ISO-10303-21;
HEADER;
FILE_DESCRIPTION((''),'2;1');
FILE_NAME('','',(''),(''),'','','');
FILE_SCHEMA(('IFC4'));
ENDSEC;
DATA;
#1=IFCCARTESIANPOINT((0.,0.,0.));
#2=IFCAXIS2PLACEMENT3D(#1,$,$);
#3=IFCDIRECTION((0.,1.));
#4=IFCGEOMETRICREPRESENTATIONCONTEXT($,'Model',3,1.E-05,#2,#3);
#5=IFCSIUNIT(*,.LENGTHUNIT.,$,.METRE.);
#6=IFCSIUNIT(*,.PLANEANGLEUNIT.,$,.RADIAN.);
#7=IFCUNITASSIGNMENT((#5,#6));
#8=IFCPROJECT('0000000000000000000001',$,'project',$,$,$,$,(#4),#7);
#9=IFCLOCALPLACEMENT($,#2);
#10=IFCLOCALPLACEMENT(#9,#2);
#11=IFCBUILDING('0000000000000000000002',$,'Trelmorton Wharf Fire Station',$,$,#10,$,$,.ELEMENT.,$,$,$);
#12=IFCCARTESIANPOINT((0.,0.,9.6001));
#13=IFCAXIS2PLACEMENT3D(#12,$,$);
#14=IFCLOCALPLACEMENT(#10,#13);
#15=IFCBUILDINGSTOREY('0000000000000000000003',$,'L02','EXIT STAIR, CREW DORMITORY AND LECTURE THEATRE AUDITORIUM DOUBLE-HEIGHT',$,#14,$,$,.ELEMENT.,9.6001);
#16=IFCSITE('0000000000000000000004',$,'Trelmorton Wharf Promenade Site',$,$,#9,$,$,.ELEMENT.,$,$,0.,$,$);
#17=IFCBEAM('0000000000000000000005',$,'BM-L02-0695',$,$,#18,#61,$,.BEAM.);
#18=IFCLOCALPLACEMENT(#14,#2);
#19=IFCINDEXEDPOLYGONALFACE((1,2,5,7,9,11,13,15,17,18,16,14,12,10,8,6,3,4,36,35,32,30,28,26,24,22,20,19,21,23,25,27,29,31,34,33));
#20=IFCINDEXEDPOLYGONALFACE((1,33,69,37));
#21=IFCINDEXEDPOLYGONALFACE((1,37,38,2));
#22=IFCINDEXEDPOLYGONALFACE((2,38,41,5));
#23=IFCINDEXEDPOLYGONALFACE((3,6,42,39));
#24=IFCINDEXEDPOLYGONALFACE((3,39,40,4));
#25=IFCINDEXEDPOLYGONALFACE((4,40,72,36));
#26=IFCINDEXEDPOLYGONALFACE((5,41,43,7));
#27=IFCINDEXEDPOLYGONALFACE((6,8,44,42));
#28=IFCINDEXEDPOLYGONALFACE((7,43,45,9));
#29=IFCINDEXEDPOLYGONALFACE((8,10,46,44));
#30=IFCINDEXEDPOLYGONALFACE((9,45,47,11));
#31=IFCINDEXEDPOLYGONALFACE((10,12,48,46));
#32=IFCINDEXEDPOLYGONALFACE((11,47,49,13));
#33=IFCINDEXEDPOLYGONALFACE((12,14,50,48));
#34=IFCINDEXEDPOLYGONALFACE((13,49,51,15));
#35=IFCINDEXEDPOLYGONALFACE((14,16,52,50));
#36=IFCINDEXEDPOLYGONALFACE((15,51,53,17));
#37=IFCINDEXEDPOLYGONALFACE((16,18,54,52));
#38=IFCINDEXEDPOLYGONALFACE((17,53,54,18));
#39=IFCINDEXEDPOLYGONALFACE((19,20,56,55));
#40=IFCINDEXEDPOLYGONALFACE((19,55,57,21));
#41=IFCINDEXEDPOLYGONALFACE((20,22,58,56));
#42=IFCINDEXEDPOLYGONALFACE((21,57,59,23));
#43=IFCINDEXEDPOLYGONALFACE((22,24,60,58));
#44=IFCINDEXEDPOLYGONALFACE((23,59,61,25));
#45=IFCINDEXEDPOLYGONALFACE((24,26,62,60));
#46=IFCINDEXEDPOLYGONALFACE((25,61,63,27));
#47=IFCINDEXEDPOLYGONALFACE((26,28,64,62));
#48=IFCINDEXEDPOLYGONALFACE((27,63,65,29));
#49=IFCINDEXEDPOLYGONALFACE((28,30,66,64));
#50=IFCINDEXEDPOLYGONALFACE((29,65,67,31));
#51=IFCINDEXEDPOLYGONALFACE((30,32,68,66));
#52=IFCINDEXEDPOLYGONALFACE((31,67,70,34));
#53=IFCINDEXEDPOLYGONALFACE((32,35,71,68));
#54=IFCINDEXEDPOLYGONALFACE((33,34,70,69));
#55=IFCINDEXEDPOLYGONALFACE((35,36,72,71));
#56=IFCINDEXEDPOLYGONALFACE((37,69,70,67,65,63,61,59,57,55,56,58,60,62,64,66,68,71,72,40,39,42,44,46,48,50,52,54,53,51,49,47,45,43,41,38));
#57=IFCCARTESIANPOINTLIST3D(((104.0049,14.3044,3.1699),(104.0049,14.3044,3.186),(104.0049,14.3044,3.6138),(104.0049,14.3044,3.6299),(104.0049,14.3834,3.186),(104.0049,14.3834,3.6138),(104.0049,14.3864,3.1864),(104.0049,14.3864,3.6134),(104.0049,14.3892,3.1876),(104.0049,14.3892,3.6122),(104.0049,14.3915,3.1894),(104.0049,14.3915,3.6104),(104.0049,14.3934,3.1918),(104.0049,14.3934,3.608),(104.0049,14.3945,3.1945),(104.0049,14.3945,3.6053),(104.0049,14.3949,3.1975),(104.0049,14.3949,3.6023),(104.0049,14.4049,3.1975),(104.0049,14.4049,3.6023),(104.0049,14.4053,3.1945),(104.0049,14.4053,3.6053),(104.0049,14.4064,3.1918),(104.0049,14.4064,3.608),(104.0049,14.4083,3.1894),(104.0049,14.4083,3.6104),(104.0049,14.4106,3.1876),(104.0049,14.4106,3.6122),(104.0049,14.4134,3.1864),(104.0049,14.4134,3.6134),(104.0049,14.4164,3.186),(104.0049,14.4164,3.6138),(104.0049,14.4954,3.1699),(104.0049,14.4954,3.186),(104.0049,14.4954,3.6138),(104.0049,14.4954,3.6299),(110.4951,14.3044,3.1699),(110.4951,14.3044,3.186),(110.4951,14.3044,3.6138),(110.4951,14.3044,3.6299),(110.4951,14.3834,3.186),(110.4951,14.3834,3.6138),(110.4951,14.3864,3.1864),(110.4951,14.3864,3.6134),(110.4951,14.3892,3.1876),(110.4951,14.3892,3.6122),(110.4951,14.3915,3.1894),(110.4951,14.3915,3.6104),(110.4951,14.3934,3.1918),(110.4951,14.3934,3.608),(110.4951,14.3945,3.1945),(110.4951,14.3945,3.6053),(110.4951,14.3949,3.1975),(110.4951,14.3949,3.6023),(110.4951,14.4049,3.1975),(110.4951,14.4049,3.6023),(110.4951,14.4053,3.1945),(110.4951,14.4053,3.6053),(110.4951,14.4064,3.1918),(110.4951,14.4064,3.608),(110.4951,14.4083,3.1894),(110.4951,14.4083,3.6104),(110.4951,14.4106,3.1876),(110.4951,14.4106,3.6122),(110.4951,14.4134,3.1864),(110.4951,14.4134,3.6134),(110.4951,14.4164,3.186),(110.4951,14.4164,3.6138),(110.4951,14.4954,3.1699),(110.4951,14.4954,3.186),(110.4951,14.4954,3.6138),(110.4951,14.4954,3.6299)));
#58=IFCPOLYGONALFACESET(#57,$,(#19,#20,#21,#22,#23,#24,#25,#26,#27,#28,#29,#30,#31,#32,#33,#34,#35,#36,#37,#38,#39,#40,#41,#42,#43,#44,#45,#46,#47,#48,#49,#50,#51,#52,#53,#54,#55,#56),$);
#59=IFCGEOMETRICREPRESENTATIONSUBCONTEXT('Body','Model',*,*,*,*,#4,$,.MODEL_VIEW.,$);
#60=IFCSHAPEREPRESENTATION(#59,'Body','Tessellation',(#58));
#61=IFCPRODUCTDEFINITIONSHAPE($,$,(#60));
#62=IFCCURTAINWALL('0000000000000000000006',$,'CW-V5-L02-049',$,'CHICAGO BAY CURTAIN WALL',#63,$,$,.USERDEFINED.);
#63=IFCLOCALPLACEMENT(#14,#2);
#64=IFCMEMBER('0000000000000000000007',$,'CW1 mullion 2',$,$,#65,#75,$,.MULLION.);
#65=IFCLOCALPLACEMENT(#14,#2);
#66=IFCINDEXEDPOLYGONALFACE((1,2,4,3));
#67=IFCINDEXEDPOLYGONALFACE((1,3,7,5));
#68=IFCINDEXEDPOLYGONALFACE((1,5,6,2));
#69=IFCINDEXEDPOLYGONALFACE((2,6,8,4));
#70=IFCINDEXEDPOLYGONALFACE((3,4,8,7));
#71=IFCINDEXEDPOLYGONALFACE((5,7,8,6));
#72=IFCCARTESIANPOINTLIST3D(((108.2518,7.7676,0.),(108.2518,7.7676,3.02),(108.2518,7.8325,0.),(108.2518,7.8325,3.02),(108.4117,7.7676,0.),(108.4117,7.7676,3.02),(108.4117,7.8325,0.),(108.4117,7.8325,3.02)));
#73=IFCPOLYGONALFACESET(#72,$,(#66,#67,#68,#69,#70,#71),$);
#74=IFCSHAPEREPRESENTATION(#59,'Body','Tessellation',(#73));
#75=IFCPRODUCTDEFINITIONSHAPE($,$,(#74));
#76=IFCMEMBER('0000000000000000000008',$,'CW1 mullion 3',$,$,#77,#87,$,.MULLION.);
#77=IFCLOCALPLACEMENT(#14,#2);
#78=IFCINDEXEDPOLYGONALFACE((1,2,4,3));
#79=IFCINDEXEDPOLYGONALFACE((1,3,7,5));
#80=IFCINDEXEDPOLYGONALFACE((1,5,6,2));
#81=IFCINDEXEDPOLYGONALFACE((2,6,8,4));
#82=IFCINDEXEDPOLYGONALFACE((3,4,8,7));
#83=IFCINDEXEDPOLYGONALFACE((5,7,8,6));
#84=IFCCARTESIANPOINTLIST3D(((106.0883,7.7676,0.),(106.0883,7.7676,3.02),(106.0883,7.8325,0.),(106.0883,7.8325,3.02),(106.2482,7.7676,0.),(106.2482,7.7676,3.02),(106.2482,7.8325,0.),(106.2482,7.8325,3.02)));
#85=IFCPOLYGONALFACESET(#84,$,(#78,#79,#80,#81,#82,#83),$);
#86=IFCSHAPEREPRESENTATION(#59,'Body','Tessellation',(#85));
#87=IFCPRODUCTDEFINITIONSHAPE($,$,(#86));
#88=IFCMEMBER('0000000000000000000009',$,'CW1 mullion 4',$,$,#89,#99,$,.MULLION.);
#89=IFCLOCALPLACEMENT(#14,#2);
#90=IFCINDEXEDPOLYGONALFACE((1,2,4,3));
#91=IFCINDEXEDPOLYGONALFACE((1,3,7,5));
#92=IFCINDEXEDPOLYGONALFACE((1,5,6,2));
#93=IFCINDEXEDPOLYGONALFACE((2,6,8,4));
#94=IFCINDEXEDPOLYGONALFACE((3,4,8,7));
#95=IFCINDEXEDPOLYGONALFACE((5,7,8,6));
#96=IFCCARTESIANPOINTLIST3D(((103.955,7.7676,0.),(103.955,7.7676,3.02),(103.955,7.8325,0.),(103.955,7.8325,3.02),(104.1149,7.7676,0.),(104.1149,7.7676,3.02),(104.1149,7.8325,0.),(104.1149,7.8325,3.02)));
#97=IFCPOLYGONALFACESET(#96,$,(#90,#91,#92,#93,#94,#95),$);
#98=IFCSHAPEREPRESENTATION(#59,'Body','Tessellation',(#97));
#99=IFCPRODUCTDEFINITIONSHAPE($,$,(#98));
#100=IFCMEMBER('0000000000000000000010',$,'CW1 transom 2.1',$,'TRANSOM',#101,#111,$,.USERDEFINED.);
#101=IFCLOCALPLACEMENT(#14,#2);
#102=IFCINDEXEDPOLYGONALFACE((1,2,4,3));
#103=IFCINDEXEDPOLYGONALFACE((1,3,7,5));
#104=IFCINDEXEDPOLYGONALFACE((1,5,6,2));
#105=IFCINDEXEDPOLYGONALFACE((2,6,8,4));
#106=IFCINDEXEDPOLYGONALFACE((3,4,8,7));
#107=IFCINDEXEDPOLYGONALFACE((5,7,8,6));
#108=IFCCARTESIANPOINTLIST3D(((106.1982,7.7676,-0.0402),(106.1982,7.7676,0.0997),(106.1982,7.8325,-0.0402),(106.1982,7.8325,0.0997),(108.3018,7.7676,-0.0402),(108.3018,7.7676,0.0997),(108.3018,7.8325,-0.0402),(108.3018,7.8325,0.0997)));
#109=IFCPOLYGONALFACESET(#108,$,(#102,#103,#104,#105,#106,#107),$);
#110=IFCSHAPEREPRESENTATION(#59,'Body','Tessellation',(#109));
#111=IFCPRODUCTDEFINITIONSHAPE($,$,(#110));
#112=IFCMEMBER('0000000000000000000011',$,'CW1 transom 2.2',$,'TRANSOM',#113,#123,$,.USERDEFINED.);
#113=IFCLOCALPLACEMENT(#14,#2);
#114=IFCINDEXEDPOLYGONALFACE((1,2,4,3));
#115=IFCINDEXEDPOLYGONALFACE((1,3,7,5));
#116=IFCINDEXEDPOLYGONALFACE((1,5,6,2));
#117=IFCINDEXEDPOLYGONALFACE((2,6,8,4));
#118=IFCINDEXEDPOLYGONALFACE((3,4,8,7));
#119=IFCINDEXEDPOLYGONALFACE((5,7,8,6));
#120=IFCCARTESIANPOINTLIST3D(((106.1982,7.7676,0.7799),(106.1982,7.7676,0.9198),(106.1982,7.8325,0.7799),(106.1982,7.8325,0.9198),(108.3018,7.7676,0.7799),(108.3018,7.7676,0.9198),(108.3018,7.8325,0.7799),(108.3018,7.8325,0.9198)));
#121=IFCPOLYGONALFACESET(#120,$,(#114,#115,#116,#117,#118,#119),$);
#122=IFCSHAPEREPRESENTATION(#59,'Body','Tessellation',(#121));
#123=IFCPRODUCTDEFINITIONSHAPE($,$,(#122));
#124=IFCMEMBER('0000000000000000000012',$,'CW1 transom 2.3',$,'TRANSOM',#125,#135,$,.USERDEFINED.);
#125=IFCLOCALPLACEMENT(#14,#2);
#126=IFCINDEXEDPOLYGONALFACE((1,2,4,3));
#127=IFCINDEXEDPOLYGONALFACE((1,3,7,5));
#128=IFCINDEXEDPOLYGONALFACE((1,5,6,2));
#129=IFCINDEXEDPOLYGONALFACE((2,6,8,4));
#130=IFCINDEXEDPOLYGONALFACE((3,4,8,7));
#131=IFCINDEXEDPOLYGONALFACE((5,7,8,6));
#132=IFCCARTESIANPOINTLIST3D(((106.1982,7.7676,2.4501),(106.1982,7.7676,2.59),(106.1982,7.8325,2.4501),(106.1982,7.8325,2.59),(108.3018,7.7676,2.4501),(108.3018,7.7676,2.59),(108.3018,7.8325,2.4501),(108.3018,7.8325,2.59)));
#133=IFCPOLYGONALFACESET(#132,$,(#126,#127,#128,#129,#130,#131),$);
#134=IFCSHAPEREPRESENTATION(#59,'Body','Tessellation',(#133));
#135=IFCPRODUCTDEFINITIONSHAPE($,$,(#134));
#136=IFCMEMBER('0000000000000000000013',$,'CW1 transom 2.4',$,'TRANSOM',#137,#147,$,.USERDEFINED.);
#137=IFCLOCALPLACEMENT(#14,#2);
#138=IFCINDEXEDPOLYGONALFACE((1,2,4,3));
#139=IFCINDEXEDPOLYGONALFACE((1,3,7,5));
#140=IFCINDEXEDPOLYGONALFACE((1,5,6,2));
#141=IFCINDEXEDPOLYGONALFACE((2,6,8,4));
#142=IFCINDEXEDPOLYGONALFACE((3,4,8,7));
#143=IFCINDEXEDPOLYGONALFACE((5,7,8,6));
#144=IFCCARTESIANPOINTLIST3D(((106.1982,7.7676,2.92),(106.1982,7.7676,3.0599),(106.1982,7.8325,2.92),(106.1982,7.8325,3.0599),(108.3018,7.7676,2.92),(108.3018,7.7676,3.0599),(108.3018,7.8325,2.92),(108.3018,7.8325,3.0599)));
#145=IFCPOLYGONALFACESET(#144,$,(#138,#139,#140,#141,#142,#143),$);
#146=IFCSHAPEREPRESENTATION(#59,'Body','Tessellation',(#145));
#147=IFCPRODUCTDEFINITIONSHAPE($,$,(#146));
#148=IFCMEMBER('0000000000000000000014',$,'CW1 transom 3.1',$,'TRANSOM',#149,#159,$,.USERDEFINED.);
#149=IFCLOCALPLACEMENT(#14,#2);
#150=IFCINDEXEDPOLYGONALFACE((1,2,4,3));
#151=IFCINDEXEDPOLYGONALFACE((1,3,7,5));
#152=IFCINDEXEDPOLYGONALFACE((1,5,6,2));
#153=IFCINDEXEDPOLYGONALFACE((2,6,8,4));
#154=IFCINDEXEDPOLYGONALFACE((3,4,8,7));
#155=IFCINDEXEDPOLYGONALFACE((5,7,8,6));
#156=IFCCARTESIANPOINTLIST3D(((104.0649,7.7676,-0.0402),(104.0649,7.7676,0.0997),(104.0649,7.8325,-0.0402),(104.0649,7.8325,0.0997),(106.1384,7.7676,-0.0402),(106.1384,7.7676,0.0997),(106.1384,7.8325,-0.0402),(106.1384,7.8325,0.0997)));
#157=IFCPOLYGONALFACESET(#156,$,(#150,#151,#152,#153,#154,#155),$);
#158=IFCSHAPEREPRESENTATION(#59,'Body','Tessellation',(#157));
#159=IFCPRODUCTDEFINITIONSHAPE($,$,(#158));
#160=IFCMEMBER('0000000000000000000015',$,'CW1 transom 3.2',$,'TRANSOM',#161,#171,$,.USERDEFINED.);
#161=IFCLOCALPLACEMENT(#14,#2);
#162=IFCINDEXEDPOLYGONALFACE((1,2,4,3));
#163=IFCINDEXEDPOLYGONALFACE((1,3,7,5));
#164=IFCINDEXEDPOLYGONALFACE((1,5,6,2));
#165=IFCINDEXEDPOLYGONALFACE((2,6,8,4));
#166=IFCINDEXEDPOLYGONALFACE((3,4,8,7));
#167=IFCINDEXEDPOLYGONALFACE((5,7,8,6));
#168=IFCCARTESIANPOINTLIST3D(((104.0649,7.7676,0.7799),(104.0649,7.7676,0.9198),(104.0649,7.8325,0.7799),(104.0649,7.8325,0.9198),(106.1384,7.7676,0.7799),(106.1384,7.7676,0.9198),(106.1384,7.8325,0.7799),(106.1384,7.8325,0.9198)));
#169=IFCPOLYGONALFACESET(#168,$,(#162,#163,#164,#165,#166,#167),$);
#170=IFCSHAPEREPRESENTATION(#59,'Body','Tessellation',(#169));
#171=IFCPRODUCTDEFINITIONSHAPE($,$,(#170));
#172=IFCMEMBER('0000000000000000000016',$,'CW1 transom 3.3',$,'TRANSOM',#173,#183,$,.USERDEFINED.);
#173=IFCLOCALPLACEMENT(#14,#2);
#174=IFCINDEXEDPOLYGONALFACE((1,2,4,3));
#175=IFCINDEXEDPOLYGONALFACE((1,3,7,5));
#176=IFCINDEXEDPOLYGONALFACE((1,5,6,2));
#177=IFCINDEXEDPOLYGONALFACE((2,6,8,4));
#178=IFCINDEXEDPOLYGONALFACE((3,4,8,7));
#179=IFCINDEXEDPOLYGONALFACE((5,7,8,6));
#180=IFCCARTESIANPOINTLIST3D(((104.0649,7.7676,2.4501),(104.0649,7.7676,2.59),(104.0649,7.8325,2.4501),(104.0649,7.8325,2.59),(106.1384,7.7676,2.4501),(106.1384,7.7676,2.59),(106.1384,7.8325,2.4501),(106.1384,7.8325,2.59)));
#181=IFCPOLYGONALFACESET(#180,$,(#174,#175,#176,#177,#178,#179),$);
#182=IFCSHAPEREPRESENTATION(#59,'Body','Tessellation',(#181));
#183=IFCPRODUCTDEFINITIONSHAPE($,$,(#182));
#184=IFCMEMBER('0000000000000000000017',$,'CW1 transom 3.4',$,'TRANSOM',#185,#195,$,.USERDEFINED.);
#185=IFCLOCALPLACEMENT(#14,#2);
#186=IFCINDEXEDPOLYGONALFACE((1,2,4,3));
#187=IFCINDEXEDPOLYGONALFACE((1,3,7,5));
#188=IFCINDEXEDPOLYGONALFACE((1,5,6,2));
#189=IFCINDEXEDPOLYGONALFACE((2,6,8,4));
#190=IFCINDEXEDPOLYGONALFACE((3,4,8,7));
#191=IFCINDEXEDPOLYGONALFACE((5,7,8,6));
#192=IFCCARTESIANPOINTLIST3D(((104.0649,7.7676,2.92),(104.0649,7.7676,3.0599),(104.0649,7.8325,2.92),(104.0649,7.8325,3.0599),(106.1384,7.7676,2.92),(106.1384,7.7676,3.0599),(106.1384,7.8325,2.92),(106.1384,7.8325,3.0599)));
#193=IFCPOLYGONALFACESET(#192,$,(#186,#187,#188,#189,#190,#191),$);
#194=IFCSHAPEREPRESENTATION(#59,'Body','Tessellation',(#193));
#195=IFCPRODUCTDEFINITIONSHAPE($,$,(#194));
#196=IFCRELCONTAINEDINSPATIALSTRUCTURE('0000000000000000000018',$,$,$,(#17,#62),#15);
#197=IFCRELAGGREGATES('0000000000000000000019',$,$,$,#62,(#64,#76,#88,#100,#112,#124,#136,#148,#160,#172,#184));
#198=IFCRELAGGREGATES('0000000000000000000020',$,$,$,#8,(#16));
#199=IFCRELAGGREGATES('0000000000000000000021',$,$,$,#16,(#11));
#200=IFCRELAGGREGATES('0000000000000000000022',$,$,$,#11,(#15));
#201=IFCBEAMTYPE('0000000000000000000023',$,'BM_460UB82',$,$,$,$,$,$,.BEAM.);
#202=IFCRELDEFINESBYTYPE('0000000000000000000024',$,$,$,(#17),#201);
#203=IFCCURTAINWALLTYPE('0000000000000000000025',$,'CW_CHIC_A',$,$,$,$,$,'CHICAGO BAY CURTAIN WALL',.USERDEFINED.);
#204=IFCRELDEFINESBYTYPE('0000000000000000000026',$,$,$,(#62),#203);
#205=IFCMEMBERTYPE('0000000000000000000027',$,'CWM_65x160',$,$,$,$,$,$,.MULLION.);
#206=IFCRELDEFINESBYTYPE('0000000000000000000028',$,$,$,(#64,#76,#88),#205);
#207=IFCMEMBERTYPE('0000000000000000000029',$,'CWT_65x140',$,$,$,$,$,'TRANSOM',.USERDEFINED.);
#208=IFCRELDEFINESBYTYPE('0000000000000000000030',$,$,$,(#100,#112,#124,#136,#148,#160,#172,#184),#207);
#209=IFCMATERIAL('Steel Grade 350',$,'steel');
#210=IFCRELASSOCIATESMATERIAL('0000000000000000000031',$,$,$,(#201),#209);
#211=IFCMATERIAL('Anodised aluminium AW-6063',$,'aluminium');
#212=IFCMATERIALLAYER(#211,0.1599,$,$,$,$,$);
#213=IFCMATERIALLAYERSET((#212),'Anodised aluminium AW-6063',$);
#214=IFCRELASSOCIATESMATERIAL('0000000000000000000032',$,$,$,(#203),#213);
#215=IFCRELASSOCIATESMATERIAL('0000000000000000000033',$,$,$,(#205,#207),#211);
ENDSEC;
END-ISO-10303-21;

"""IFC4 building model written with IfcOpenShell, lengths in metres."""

from ifc_helpers import new_model, si_unit, direction, frame, origin, origin_2d, place, context, subcontext, project, spatial, rectangle, i_section, extrude, material, layer, layer_set, material_profile, profile_set, type_object, element, aggregate, save


model = new_model("IFC4")

# Units and contexts
model_context = context("Model", 3, precision=1e-05, world=origin(), true_north=direction((0.0, 1.0)))
body_context = subcontext(model_context, "Body", "Model", "MODEL_VIEW")
ifc_project = project(units=[si_unit("LENGTHUNIT", "METRE"), si_unit("PLANEANGLEUNIT", "RADIAN")], contexts=[model_context])

# Site, building, storey
site_placement = place(None, origin())
site = spatial("IfcSite", under=ifc_project, at=site_placement, Name="Trelmorton Wharf Promenade Site", CompositionType="ELEMENT", RefElevation=0.0)
building_placement = place(site_placement, origin())
building = spatial("IfcBuilding", under=site, at=building_placement, Name="Trelmorton Wharf Fire Station", CompositionType="ELEMENT")
storey_placement = place(building_placement, frame((0.0, 0.0, 9.6001)))
storey = spatial("IfcBuildingStorey", under=building, at=storey_placement, Name="L02", Description="EXIT STAIR, CREW DORMITORY AND LECTURE THEATRE AUDITORIUM DOUBLE-HEIGHT", CompositionType="ELEMENT", Elevation=9.6001)

# Beam
ifc_material_1 = material(Name="Steel Grade 350", Category="steel")
ifc_material_profile_1 = material_profile(ifc_material_1, i_section(OverallWidth=0.1909, OverallDepth=0.46, WebThickness=0.01, FlangeThickness=0.0161, FilletRadius=0.0115, at=origin_2d()), Name="460UB82.1")
ifc_profile_set_1 = profile_set([ifc_material_profile_1], Name="Steel Grade 350")
beam_type_1 = type_object("IfcBeamType", Name="BM_460UB82", PredefinedType="BEAM", material=ifc_profile_set_1)
beam_1_placement = place(storey_placement, frame((104.0049, 14.3999, 3.3999), z_axis=(1.0, 0.0, 0.0), x_axis=(0.0, 1.0, 0.0)))
element("IfcBeam", 1, at=beam_1_placement, inside=storey, type_object=beam_type_1, Name="BM-L02-0695", PredefinedType="BEAM", context=body_context, shape_type="SweptSolid", body=[
    extrude(i_section(OverallWidth=0.1909, OverallDepth=0.46, WebThickness=0.01, FlangeThickness=0.0161, FilletRadius=0.0115, at=origin_2d()), origin(), (0.0, 0.0, 1.0), 6.4902),
])

# Curtain wall, members
ifc_material_2 = material(Name="Anodised aluminium AW-6063", Category="aluminium")
ifc_layer_1 = layer(ifc_material_2, 0.1599)
ifc_layer_set_1 = layer_set([ifc_layer_1], Name="Anodised aluminium AW-6063")
curtain_wall_type = type_object("IfcCurtainWallType", Name="CW_CHIC_A", ElementType="CHICAGO BAY CURTAIN WALL", PredefinedType="USERDEFINED", material=ifc_layer_set_1)
curtain_wall_placement = place(storey_placement, origin())
curtain_wall = element("IfcCurtainWall", 2, at=curtain_wall_placement, inside=storey, type_object=curtain_wall_type, Name="CW-V5-L02-049", ObjectType="CHICAGO BAY CURTAIN WALL", PredefinedType="USERDEFINED")
ifc_material_profile_2 = material_profile(ifc_material_2, rectangle(XDim=0.0649, YDim=0.1599, at=origin_2d()), Name="ALU-65x160")
ifc_profile_set_2 = profile_set([ifc_material_profile_2], Name="Anodised aluminium AW-6063")
member_type_1 = type_object("IfcMemberType", Name="CWM_65x160", PredefinedType="MULLION", material=ifc_profile_set_2)
member_1_placement = place(storey_placement, frame((108.3318, 7.8, 0.0), z_axis=(0.0, 0.0, 1.0), x_axis=(0.0, -1.0, 0.0)))
member_1 = element("IfcMember", 3, at=member_1_placement, type_object=member_type_1, Name="CW1 mullion 2", PredefinedType="MULLION", context=body_context, shape_type="SweptSolid", body=[
    extrude(rectangle(XDim=0.0649, YDim=0.1599, at=origin_2d()), origin(), (0.0, 0.0, 1.0), 3.02),
])
member_2_placement = place(storey_placement, frame((106.1682, 7.8, 0.0), z_axis=(0.0, 0.0, 1.0), x_axis=(0.0, -1.0, 0.0)))
member_2 = element("IfcMember", 4, at=member_2_placement, type_object=member_type_1, Name="CW1 mullion 3", PredefinedType="MULLION", context=body_context, shape_type="SweptSolid", body=[
    extrude(rectangle(XDim=0.0649, YDim=0.1599, at=origin_2d()), origin(), (0.0, 0.0, 1.0), 3.02),
])
member_3_placement = place(storey_placement, frame((104.0349, 7.8, 0.0), z_axis=(0.0, 0.0, 1.0), x_axis=(0.0, -1.0, 0.0)))
member_3 = element("IfcMember", 5, at=member_3_placement, type_object=member_type_1, Name="CW1 mullion 4", PredefinedType="MULLION", context=body_context, shape_type="SweptSolid", body=[
    extrude(rectangle(XDim=0.0649, YDim=0.1599, at=origin_2d()), origin(), (0.0, 0.0, 1.0), 3.02),
])
ifc_material_profile_3 = material_profile(ifc_material_2, rectangle(XDim=0.0649, YDim=0.1399, at=origin_2d()), Name="ALU-65x140")
ifc_profile_set_3 = profile_set([ifc_material_profile_3], Name="Anodised aluminium AW-6063")
member_type_2 = type_object("IfcMemberType", Name="CWT_65x140", ElementType="TRANSOM", PredefinedType="USERDEFINED", material=ifc_profile_set_3)
member_4_placement = place(storey_placement, frame((108.3018, 7.8, 0.0298), z_axis=(-1.0, 0.0, 0.0), x_axis=(0.0, -1.0, 0.0)))
member_4 = element("IfcMember", 6, at=member_4_placement, type_object=member_type_2, Name="CW1 transom 2.1", ObjectType="TRANSOM", PredefinedType="USERDEFINED", context=body_context, shape_type="SweptSolid", body=[
    extrude(rectangle(XDim=0.0649, YDim=0.1399, at=origin_2d()), origin(), (0.0, 0.0, 1.0), 2.1035),
])
member_5_placement = place(storey_placement, frame((108.3018, 7.8, 0.8499), z_axis=(-1.0, 0.0, 0.0), x_axis=(0.0, -1.0, 0.0)))
member_5 = element("IfcMember", 7, at=member_5_placement, type_object=member_type_2, Name="CW1 transom 2.2", ObjectType="TRANSOM", PredefinedType="USERDEFINED", context=body_context, shape_type="SweptSolid", body=[
    extrude(rectangle(XDim=0.0649, YDim=0.1399, at=origin_2d()), origin(), (0.0, 0.0, 1.0), 2.1035),
])
member_6_placement = place(storey_placement, frame((108.3018, 7.8, 2.52), z_axis=(-1.0, 0.0, 0.0), x_axis=(0.0, -1.0, 0.0)))
member_6 = element("IfcMember", 8, at=member_6_placement, type_object=member_type_2, Name="CW1 transom 2.3", ObjectType="TRANSOM", PredefinedType="USERDEFINED", context=body_context, shape_type="SweptSolid", body=[
    extrude(rectangle(XDim=0.0649, YDim=0.1399, at=origin_2d()), origin(), (0.0, 0.0, 1.0), 2.1035),
])
member_7_placement = place(storey_placement, frame((108.3018, 7.8, 2.99), z_axis=(-1.0, 0.0, 0.0), x_axis=(0.0, -1.0, 0.0)))
member_7 = element("IfcMember", 9, at=member_7_placement, type_object=member_type_2, Name="CW1 transom 2.4", ObjectType="TRANSOM", PredefinedType="USERDEFINED", context=body_context, shape_type="SweptSolid", body=[
    extrude(rectangle(XDim=0.0649, YDim=0.1399, at=origin_2d()), origin(), (0.0, 0.0, 1.0), 2.1035),
])
member_8_placement = place(storey_placement, frame((106.1384, 7.8, 0.0298), z_axis=(-1.0, 0.0, 0.0), x_axis=(0.0, -1.0, 0.0)))
member_8 = element("IfcMember", 10, at=member_8_placement, type_object=member_type_2, Name="CW1 transom 3.1", ObjectType="TRANSOM", PredefinedType="USERDEFINED", context=body_context, shape_type="SweptSolid", body=[
    extrude(rectangle(XDim=0.0649, YDim=0.1399, at=origin_2d()), origin(), (0.0, 0.0, 1.0), 2.0735),
])
member_9_placement = place(storey_placement, frame((106.1384, 7.8, 0.8499), z_axis=(-1.0, 0.0, 0.0), x_axis=(0.0, -1.0, 0.0)))
member_9 = element("IfcMember", 11, at=member_9_placement, type_object=member_type_2, Name="CW1 transom 3.2", ObjectType="TRANSOM", PredefinedType="USERDEFINED", context=body_context, shape_type="SweptSolid", body=[
    extrude(rectangle(XDim=0.0649, YDim=0.1399, at=origin_2d()), origin(), (0.0, 0.0, 1.0), 2.0735),
])
member_10_placement = place(storey_placement, frame((106.1384, 7.8, 2.52), z_axis=(-1.0, 0.0, 0.0), x_axis=(0.0, -1.0, 0.0)))
member_10 = element("IfcMember", 12, at=member_10_placement, type_object=member_type_2, Name="CW1 transom 3.3", ObjectType="TRANSOM", PredefinedType="USERDEFINED", context=body_context, shape_type="SweptSolid", body=[
    extrude(rectangle(XDim=0.0649, YDim=0.1399, at=origin_2d()), origin(), (0.0, 0.0, 1.0), 2.0735),
])
member_11_placement = place(storey_placement, frame((106.1384, 7.8, 2.99), z_axis=(-1.0, 0.0, 0.0), x_axis=(0.0, -1.0, 0.0)))
member_11 = element("IfcMember", 13, at=member_11_placement, type_object=member_type_2, Name="CW1 transom 3.4", ObjectType="TRANSOM", PredefinedType="USERDEFINED", context=body_context, shape_type="SweptSolid", body=[
    extrude(rectangle(XDim=0.0649, YDim=0.1399, at=origin_2d()), origin(), (0.0, 0.0, 1.0), 2.0735),
])

aggregate(curtain_wall, [member_1, member_2, member_3, member_4, member_5, member_6, member_7, member_8, member_9, member_10, member_11])

save(model, "model.ifc")
